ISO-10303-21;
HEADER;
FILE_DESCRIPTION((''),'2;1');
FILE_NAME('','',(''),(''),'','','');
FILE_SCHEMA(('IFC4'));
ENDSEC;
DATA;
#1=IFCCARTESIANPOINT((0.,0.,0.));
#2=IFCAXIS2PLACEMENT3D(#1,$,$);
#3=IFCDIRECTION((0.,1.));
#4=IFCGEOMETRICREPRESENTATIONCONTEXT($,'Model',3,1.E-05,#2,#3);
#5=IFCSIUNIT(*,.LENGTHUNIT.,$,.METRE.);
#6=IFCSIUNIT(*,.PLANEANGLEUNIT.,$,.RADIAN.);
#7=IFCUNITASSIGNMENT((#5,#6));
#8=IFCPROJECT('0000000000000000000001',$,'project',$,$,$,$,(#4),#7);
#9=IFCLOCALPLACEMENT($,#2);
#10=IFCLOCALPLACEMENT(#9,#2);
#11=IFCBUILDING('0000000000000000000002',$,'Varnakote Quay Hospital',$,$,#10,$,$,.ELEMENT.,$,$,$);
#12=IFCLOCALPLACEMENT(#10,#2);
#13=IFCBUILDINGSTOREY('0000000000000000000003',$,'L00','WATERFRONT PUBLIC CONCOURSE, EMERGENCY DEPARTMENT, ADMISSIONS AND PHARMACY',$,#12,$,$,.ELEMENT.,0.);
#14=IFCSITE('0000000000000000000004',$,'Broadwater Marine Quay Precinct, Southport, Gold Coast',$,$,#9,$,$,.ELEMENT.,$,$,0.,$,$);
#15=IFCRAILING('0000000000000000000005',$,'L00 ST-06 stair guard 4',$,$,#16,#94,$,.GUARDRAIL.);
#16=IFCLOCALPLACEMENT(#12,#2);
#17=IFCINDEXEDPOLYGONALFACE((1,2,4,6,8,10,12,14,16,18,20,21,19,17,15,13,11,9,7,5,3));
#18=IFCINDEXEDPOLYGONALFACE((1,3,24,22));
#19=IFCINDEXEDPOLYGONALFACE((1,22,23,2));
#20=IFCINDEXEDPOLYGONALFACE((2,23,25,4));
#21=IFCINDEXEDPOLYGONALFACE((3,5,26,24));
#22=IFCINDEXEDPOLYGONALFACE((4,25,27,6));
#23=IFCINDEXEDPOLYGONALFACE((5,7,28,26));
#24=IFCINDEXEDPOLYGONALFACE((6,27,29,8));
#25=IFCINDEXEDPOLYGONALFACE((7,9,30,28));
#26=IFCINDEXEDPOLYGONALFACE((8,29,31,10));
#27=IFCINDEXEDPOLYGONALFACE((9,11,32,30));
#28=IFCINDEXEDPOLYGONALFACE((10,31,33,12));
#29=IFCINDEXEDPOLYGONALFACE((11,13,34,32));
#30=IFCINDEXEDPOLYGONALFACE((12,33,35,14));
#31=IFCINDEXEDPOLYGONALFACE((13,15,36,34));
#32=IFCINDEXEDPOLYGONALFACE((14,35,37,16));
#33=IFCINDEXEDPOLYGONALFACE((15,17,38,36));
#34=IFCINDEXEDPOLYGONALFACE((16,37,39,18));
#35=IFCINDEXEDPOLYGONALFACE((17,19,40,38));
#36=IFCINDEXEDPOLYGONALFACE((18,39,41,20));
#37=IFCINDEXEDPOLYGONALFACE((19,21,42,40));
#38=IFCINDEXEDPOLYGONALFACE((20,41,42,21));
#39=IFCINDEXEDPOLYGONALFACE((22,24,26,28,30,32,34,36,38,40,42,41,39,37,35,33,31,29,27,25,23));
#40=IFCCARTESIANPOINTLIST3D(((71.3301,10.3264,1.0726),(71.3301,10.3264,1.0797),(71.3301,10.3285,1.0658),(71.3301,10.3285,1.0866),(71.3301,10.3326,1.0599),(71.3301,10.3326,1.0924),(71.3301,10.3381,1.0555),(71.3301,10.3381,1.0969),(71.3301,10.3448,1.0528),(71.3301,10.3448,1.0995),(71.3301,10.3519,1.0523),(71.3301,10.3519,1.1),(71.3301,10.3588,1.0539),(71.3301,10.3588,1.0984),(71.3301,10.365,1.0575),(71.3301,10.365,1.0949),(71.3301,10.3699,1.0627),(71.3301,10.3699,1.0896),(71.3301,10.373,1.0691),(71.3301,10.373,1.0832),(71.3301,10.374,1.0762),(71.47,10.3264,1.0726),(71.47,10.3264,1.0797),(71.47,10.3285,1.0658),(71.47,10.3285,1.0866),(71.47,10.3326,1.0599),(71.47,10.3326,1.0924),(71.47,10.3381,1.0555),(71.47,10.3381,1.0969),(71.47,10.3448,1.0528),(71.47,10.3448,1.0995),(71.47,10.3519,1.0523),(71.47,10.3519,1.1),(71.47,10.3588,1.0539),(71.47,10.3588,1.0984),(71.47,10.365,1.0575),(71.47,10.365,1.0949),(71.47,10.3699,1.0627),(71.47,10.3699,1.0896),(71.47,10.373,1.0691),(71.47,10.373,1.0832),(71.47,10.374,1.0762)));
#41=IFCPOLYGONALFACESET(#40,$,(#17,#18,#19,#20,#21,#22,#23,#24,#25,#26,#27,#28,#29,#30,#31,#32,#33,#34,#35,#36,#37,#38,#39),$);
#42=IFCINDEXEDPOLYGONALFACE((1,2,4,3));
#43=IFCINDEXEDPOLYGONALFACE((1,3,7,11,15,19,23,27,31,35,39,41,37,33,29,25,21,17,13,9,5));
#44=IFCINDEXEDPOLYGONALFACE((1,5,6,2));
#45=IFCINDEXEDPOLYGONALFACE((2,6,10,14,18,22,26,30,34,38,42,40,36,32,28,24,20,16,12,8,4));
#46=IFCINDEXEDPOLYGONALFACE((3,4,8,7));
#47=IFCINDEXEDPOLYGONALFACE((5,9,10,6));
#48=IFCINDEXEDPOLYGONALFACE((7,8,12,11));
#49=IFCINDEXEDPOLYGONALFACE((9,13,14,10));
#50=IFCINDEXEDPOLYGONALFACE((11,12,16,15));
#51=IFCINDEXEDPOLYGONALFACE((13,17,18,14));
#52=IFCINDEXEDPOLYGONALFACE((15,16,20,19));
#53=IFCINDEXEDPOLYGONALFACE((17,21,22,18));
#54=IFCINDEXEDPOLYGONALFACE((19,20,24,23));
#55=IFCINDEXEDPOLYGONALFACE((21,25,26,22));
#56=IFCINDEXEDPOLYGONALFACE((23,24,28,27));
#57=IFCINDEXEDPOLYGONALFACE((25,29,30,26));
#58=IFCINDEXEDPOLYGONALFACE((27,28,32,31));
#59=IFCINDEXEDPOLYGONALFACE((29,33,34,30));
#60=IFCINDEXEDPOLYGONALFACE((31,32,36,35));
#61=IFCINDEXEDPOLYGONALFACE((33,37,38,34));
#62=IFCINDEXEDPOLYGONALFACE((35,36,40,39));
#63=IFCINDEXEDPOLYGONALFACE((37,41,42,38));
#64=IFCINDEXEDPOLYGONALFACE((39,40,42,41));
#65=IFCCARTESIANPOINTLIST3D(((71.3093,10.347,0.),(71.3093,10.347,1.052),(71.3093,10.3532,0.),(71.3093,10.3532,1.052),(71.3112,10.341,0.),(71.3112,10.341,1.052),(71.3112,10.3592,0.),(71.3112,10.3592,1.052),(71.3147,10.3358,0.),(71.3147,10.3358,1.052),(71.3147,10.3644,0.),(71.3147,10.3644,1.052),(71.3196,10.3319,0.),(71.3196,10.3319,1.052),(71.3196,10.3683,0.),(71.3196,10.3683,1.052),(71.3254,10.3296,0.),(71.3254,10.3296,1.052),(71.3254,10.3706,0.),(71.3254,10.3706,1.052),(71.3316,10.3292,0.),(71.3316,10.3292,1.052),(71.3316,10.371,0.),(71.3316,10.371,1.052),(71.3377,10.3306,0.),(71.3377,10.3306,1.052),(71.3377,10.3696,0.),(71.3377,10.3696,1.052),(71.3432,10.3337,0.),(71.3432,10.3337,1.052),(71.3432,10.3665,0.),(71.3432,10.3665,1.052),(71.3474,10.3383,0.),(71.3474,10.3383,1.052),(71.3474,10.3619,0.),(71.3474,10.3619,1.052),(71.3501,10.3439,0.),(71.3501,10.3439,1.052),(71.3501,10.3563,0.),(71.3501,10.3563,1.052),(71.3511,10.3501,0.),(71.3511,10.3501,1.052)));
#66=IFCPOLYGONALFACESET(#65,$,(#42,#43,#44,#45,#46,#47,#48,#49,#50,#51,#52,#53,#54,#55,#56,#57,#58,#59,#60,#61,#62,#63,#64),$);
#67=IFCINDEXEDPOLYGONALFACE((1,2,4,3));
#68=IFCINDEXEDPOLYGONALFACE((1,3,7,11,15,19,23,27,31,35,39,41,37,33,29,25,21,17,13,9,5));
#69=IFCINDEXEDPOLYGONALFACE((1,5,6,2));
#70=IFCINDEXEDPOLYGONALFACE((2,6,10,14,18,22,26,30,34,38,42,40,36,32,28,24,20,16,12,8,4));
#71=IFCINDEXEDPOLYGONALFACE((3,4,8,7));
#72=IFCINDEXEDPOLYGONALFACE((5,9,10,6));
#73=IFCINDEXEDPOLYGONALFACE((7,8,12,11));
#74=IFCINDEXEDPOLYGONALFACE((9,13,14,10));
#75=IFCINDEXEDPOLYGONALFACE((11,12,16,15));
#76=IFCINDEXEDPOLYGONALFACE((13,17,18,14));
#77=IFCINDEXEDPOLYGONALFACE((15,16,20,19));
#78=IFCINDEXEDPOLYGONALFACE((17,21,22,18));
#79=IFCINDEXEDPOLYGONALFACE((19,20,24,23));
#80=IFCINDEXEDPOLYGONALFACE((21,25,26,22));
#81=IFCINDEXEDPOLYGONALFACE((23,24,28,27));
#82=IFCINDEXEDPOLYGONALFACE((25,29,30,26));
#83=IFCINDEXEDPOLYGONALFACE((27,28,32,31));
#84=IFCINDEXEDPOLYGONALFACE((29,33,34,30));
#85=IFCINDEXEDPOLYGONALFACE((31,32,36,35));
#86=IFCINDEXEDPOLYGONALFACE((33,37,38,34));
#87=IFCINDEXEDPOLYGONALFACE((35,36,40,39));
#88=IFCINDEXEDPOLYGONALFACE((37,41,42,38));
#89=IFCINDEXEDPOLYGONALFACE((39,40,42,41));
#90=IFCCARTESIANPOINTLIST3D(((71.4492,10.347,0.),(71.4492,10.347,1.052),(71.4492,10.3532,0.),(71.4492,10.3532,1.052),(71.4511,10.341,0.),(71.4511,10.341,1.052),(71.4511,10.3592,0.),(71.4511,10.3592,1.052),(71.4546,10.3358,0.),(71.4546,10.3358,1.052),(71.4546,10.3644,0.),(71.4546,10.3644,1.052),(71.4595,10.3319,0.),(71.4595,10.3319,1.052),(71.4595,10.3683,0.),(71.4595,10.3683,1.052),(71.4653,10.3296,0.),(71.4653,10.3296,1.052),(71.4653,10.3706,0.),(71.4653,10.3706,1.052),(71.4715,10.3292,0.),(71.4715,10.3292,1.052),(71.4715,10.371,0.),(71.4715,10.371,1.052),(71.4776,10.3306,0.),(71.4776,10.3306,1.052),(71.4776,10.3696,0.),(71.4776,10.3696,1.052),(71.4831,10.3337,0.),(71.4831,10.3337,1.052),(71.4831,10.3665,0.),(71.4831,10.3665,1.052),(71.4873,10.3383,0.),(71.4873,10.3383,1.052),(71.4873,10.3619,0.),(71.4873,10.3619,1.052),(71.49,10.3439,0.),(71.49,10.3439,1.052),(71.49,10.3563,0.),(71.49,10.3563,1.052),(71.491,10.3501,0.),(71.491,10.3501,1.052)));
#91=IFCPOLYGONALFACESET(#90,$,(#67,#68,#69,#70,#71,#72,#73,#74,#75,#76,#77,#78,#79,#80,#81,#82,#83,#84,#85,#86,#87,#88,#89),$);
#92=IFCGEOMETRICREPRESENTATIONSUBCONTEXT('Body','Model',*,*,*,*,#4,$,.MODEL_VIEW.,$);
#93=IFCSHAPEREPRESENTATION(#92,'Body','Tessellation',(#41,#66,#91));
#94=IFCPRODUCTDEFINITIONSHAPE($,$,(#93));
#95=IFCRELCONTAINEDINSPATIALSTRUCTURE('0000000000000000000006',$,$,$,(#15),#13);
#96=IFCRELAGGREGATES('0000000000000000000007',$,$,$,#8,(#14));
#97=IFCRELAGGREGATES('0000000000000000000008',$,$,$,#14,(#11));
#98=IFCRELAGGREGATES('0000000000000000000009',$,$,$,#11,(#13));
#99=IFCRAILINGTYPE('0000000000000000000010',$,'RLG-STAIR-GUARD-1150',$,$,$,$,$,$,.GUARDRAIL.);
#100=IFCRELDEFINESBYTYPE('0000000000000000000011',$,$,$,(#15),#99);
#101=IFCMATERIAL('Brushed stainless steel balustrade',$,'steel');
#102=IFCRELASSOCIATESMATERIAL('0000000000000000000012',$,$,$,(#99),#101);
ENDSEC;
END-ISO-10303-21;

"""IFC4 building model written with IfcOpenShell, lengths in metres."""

from ifc_helpers import new_model, si_unit, direction, frame, origin, origin_2d, place, context, subcontext, project, spatial, circle, extrude, material, type_object, element, save


model = new_model("IFC4")

# Units and contexts
model_context = context("Model", 3, precision=1e-05, world=origin(), true_north=direction((0.0, 1.0)))
body_context = subcontext(model_context, "Body", "Model", "MODEL_VIEW")
ifc_project = project(units=[si_unit("LENGTHUNIT", "METRE"), si_unit("PLANEANGLEUNIT", "RADIAN")], contexts=[model_context])

# Site, building, storey
site_placement = place(None, origin())
site = spatial("IfcSite", under=ifc_project, at=site_placement, Name="Broadwater Marine Quay Precinct, Southport, Gold Coast", CompositionType="ELEMENT", RefElevation=0.0)
building_placement = place(site_placement, origin())
building = spatial("IfcBuilding", under=site, at=building_placement, Name="Varnakote Quay Hospital", CompositionType="ELEMENT")
storey_placement = place(building_placement, origin())
storey = spatial("IfcBuildingStorey", under=building, at=storey_placement, Name="L00", Description="WATERFRONT PUBLIC CONCOURSE, EMERGENCY DEPARTMENT, ADMISSIONS AND PHARMACY", CompositionType="ELEMENT", Elevation=0.0)

# Railing
ifc_material_1 = material(Name="Brushed stainless steel balustrade", Category="steel")
railing_type_1 = type_object("IfcRailingType", Name="RLG-STAIR-GUARD-1150", PredefinedType="GUARDRAIL", material=ifc_material_1)
railing_1_placement = place(storey_placement, frame((71.3301, 10.3501, 0.0)))
element("IfcRailing", 1, at=railing_1_placement, inside=storey, type_object=railing_type_1, Name="L00 ST-06 stair guard 4", PredefinedType="GUARDRAIL", context=body_context, shape_type="SweptSolid", body=[
    extrude(circle(Radius=0.0239, at=origin_2d()), frame((0.0, 0.0, 1.0762), z_axis=(1.0, 0.0, 0.0), x_axis=(0.0, 1.0, 0.0)), (0.0, 0.0, 1.0), 0.1399),
    extrude(circle(Radius=0.021, at=origin_2d()), origin(), (0.0, 0.0, 1.0), 1.052),
    extrude(circle(Radius=0.021, at=origin_2d()), frame((0.1399, 0.0, 0.0)), (0.0, 0.0, 1.0), 1.052),
])

save(model, "model.ifc")
